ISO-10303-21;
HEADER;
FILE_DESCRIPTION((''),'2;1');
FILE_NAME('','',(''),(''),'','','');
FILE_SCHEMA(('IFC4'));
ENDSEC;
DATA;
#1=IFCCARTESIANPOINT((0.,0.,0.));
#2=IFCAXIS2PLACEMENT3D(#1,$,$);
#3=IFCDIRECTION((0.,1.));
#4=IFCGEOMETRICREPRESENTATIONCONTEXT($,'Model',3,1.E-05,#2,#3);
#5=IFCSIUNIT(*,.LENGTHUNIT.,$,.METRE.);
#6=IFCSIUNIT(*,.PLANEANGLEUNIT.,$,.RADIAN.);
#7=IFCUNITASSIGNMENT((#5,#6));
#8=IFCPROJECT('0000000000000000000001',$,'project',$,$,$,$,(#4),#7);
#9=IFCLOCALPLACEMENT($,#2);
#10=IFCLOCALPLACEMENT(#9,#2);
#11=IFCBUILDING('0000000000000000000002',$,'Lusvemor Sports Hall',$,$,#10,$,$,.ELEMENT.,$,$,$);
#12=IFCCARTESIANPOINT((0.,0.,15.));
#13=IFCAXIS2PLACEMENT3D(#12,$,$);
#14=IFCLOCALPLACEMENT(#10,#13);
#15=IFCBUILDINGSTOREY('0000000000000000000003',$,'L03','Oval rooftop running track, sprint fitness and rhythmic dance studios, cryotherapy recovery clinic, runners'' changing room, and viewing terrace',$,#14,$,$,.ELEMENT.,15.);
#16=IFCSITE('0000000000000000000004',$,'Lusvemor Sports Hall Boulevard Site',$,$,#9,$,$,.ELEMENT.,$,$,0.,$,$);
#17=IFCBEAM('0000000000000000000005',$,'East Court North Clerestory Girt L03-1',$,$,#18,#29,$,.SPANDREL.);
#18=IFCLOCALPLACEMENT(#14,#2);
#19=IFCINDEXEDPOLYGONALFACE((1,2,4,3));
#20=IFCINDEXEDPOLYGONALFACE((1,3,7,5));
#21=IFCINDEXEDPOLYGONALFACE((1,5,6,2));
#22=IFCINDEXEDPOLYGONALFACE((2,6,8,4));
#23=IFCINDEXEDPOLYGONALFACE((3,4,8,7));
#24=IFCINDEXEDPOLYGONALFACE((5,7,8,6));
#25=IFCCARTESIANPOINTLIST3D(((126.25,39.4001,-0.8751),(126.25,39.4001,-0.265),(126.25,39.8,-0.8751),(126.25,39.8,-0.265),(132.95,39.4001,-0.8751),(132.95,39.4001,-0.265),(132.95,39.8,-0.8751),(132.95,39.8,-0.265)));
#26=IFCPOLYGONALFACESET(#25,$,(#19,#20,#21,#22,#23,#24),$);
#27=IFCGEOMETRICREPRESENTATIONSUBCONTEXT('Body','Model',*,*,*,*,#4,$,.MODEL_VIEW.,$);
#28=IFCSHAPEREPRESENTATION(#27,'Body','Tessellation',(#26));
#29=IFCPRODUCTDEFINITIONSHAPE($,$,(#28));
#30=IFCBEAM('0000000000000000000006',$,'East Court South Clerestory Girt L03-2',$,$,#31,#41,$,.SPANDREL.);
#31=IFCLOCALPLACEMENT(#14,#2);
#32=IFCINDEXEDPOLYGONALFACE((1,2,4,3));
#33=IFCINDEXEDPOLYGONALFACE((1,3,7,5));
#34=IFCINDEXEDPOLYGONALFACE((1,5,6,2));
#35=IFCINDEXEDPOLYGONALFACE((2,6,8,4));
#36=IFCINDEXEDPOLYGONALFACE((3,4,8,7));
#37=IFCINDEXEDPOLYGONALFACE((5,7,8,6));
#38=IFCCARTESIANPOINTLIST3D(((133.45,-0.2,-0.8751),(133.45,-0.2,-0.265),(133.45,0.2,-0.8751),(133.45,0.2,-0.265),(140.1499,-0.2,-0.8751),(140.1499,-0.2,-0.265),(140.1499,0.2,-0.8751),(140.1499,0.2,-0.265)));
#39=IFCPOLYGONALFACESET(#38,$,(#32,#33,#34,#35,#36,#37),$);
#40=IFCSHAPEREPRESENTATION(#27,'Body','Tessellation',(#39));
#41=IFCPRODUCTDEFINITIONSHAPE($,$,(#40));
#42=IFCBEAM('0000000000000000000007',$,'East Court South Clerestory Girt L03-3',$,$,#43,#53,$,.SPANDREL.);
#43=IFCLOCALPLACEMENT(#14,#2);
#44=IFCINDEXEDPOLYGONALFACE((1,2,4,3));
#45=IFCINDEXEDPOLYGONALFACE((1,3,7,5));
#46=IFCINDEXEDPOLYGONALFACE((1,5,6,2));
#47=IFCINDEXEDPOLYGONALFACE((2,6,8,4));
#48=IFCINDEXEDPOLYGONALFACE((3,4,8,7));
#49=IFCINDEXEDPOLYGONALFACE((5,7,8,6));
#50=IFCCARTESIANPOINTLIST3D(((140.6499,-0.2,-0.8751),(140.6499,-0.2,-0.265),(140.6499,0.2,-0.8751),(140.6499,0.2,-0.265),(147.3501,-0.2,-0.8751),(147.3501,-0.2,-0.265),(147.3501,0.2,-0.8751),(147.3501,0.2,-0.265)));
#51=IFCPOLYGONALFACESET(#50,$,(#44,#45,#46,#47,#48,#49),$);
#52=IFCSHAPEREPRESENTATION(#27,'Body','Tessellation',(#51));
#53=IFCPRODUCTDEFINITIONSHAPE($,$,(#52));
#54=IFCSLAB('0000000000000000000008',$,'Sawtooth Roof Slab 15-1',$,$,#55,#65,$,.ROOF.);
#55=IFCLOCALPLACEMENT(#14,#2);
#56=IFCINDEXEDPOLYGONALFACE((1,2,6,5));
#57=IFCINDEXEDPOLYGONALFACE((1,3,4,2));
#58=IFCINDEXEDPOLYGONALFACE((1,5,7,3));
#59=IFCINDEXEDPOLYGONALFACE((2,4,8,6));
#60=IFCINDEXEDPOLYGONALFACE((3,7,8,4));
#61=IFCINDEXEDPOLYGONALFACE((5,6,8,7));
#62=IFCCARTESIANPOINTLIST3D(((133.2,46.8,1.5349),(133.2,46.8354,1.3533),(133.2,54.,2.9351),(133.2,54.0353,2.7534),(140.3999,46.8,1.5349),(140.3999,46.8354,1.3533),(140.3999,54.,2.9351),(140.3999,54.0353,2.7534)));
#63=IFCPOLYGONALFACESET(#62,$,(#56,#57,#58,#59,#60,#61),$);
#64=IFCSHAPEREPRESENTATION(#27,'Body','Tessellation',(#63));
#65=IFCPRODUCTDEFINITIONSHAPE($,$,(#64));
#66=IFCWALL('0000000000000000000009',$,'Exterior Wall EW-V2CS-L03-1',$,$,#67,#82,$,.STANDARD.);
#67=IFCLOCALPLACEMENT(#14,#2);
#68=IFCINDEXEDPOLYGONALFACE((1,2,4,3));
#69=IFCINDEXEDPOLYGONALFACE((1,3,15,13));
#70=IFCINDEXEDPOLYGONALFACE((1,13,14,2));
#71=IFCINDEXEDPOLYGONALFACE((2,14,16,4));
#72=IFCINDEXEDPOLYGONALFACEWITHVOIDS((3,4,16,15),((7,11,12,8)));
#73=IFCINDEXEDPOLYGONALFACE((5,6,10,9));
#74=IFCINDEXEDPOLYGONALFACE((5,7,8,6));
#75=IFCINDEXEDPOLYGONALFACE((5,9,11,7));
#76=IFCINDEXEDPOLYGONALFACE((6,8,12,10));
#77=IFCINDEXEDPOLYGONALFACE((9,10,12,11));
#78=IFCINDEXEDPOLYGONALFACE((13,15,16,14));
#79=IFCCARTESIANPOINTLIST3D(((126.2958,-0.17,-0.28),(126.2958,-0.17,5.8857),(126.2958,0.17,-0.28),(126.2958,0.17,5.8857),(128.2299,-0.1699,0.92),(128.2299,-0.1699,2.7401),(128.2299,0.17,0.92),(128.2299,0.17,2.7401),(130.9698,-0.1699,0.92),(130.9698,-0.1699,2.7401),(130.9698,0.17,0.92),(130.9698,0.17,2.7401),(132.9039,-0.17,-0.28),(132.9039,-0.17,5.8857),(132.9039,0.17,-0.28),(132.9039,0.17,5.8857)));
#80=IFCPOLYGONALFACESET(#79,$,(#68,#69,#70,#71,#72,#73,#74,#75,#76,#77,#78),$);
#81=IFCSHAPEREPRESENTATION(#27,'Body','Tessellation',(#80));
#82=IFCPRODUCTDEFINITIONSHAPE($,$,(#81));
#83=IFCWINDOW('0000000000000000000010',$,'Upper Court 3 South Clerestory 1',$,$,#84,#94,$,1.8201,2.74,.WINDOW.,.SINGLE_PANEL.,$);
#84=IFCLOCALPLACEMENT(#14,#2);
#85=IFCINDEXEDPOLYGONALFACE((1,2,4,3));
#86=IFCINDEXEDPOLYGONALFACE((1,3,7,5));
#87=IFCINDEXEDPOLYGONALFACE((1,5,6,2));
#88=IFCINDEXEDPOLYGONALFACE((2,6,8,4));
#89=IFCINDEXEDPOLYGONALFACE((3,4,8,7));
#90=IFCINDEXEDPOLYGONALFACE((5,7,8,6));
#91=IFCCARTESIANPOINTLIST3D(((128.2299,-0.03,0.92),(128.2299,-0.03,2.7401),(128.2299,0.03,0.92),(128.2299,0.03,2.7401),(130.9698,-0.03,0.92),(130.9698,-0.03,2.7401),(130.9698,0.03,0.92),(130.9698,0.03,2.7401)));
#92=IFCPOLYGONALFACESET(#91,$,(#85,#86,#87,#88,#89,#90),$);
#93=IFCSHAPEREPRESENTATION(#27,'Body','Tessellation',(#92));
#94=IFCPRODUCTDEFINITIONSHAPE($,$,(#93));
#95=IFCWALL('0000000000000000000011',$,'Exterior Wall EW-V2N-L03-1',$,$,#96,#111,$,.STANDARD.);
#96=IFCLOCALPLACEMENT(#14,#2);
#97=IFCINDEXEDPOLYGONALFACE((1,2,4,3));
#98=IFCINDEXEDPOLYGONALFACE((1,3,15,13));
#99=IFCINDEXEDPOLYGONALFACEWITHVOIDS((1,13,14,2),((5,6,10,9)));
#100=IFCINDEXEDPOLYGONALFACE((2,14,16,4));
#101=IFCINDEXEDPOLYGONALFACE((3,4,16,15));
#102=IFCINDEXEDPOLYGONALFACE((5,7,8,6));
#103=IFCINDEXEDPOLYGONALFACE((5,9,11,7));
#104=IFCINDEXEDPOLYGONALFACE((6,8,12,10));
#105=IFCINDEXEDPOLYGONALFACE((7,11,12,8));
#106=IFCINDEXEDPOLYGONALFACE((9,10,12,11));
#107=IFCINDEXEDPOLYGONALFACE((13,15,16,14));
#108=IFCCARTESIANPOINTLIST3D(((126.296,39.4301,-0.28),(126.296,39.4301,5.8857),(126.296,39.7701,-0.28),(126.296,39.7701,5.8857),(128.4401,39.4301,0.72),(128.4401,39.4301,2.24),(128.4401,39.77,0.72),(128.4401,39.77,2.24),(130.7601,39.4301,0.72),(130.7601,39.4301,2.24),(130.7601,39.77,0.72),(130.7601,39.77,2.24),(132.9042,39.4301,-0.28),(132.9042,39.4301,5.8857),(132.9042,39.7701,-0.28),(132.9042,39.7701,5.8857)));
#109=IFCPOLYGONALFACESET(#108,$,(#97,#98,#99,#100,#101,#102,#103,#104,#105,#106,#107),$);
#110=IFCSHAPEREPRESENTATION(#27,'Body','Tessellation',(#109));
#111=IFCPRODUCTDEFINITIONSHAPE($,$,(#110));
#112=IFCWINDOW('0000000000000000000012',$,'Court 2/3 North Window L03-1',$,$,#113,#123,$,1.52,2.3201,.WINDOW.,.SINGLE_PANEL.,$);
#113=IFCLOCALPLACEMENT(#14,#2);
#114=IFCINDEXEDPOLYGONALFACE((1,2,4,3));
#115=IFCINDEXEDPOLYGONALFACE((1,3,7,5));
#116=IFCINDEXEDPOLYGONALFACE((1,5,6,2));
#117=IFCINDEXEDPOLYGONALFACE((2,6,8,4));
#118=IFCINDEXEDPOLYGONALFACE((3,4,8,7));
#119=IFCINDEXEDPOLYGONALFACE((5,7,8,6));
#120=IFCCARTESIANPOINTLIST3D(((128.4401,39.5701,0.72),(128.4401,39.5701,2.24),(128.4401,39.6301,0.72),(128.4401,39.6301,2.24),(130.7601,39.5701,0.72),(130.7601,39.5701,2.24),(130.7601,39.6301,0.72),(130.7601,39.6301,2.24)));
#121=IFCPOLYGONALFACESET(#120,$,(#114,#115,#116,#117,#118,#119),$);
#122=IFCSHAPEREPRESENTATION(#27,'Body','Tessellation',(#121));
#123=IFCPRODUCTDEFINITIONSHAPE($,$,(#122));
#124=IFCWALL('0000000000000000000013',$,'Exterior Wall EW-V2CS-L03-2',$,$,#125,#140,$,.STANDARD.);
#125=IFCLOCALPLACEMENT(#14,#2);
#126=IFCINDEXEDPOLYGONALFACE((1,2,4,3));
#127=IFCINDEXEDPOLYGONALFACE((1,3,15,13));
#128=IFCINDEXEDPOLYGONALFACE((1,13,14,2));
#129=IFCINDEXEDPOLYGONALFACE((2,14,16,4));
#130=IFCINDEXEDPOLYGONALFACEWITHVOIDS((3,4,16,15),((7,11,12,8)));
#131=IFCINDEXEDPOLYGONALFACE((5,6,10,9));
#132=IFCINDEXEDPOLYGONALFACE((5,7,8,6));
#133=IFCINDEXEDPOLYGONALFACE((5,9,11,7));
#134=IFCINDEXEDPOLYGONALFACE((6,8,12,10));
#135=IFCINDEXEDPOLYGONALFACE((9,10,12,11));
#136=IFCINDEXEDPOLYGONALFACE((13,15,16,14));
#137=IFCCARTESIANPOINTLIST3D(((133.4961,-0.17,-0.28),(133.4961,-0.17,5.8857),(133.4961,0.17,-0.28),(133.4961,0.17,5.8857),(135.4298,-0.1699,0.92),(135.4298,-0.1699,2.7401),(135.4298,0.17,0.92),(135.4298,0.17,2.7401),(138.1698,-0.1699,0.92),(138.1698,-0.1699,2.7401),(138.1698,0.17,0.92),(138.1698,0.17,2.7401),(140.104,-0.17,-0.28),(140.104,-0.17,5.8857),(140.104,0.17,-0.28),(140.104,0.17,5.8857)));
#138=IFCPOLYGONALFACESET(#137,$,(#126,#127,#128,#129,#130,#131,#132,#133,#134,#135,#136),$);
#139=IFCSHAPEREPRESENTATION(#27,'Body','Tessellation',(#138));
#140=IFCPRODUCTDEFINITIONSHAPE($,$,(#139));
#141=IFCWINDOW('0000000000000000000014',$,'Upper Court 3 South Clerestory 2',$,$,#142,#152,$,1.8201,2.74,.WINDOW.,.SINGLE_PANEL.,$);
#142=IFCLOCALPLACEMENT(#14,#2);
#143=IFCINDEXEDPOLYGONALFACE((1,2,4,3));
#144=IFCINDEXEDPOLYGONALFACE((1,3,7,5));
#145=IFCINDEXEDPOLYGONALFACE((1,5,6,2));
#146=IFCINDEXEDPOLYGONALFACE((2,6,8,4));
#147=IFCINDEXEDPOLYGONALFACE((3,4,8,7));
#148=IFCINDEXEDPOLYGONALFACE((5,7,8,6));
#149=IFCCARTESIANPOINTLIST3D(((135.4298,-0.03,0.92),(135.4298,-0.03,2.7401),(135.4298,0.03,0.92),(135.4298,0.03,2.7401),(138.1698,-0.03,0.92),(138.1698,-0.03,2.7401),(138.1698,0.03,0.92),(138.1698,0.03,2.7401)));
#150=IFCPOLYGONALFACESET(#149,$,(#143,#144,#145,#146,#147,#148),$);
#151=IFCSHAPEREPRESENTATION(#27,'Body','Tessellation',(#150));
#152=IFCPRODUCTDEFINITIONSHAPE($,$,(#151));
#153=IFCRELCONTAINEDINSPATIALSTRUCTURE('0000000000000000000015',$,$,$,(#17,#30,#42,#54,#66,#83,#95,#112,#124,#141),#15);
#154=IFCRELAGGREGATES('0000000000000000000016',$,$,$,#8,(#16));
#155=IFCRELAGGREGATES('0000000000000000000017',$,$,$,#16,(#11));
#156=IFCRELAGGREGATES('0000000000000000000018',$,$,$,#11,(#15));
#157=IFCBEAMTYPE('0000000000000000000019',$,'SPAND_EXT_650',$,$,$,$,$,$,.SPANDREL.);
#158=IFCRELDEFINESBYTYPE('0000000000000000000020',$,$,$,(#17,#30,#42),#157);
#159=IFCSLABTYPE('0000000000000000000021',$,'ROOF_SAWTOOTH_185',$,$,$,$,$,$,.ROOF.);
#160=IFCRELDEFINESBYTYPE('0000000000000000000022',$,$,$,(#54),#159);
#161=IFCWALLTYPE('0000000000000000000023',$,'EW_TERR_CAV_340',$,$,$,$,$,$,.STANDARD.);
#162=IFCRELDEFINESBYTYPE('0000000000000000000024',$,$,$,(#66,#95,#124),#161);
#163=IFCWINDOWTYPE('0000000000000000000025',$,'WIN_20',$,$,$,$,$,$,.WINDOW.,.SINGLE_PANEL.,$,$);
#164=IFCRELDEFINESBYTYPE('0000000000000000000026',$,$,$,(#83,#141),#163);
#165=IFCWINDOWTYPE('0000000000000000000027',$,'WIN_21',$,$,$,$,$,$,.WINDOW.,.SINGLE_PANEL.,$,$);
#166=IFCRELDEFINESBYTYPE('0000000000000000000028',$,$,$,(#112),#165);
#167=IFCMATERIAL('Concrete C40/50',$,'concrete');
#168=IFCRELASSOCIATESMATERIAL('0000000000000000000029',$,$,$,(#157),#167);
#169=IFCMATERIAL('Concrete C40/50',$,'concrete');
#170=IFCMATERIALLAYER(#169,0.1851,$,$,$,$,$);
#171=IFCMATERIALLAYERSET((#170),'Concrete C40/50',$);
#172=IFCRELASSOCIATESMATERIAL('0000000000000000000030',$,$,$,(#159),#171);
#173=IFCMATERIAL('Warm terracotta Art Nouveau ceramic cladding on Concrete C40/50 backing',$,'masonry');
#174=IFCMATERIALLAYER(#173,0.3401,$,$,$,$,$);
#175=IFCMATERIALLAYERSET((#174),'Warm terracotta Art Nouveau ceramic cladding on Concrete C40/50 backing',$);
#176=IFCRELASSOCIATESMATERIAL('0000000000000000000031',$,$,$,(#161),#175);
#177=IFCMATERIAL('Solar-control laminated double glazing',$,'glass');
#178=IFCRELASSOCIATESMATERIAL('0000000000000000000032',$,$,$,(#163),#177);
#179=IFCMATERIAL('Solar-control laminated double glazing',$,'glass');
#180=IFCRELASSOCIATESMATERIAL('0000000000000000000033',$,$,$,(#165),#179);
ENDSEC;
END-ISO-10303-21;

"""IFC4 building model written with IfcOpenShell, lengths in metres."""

from ifc_helpers import new_model, si_unit, direction, frame, frame_2d, origin, origin_2d, place, context, subcontext, project, spatial, polyline, rectangle, outline, extrude, material, layer, layer_set, material_profile, profile_set, type_object, element, fill, save


model = new_model("IFC4")

# Units and contexts
model_context = context("Model", 3, precision=1e-05, world=origin(), true_north=direction((0.0, 1.0)))
body_context = subcontext(model_context, "Body", "Model", "MODEL_VIEW")
ifc_project = project(units=[si_unit("LENGTHUNIT", "METRE"), si_unit("PLANEANGLEUNIT", "RADIAN")], contexts=[model_context])

# Site, building, storey
site_placement = place(None, origin())
site = spatial("IfcSite", under=ifc_project, at=site_placement, Name="Lusvemor Sports Hall Boulevard Site", CompositionType="ELEMENT", RefElevation=0.0)
building_placement = place(site_placement, origin())
building = spatial("IfcBuilding", under=site, at=building_placement, Name="Lusvemor Sports Hall", CompositionType="ELEMENT")
storey_placement = place(building_placement, frame((0.0, 0.0, 15.0)))
storey = spatial("IfcBuildingStorey", under=building, at=storey_placement, Name="L03", Description="Oval rooftop running track, sprint fitness and rhythmic dance studios, cryotherapy recovery clinic, runners' changing room, and viewing terrace", CompositionType="ELEMENT", Elevation=15.0)

# Beams
ifc_material_1 = material(Name="Concrete C40/50", Category="concrete")
ifc_material_profile_1 = material_profile(ifc_material_1, rectangle(XDim=0.3999, YDim=0.6101, at=origin_2d()), Name="RC400x610")
ifc_profile_set_1 = profile_set([ifc_material_profile_1], Name="Concrete C40/50")
beam_type_1 = type_object("IfcBeamType", Name="SPAND_EXT_650", PredefinedType="SPANDREL", material=ifc_profile_set_1)
for number, where, z_axis, x_axis, name in (
    (1, (126.25, 39.6001, -0.5701), (1.0, 0.0, 0.0), (0.0, 1.0, 0.0), "East Court North Clerestory Girt L03-1"),
    (2, (133.45, 0.0, -0.5701), (1.0, 0.0, 0.0), (0.0, 1.0, 0.0), "East Court South Clerestory Girt L03-2"),
):
    element("IfcBeam", number, at=place(storey_placement, frame(where, z_axis=z_axis, x_axis=x_axis)), inside=storey, type_object=beam_type_1, Name=name, PredefinedType="SPANDREL", context=body_context, shape_type="SweptSolid", body=[
        extrude(rectangle(XDim=0.3999, YDim=0.6101, at=origin_2d()), origin(), (0.0, 0.0, 1.0), 6.7),
    ])
beam_1_placement = place(storey_placement, frame((140.6499, 0.0, -0.5701), z_axis=(1.0, 0.0, 0.0), x_axis=(0.0, 1.0, 0.0)))
element("IfcBeam", 3, at=beam_1_placement, inside=storey, type_object=beam_type_1, Name="East Court South Clerestory Girt L03-3", PredefinedType="SPANDREL", context=body_context, shape_type="SweptSolid", body=[
    extrude(rectangle(XDim=0.3999, YDim=0.6101, at=origin_2d()), origin(), (0.0, 0.0, 1.0), 6.7002),
])

# Slab
ifc_material_2 = material(Name="Concrete C40/50", Category="concrete")
ifc_layer_1 = layer(ifc_material_2, 0.1851)
ifc_layer_set_1 = layer_set([ifc_layer_1], Name="Concrete C40/50")
slab_type = type_object("IfcSlabType", Name="ROOF_SAWTOOTH_185", PredefinedType="ROOF", material=ifc_layer_set_1)
slab_placement = place(storey_placement, frame((133.2, 46.8, 1.5349), z_axis=(0.0, -0.19089, 0.981611), x_axis=(1.0, 0.0, 0.0)))
element("IfcSlab", 4, at=slab_placement, inside=storey, type_object=slab_type, Name="Sawtooth Roof Slab 15-1", PredefinedType="ROOF", context=body_context, shape_type="SweptSolid", body=[
    extrude(outline(polyline([(0.0, 0.0), (7.2, 0.0), (7.2, 7.3348), (0.0, 7.3348), (0.0, 0.0)])), origin(), (0.0, 0.0, -1.0), 0.1851),
])

# Walls, openings, windows
ifc_material_3 = material(Name="Warm terracotta Art Nouveau ceramic cladding on Concrete C40/50 backing", Category="masonry")
ifc_layer_2 = layer(ifc_material_3, 0.3401)
ifc_layer_set_2 = layer_set([ifc_layer_2], Name="Warm terracotta Art Nouveau ceramic cladding on Concrete C40/50 backing")
wall_type = type_object("IfcWallType", Name="EW_TERR_CAV_340", PredefinedType="STANDARD", material=ifc_layer_set_2)
wall_1_placement = place(storey_placement, frame((132.9041, 0.0, -0.28), z_axis=(0.0, 0.0, 1.0), x_axis=(-1.0, 0.0, 0.0)))
wall_1 = element("IfcWall", 5, at=wall_1_placement, inside=storey, type_object=wall_type, Name="Exterior Wall EW-V2CS-L03-1", PredefinedType="STANDARD", context=body_context, shape_type="SweptSolid", body=[
    extrude(rectangle(XDim=6.6082, YDim=0.3401, at=frame_2d((3.3042, 0.0))), origin(), (0.0, 0.0, 1.0), 6.1658),
])
opening_1_placement = place(wall_1_placement, frame((1.9341, 0.0, 1.2)))
opening_1 = element("IfcOpeningElement", 6, at=opening_1_placement, cuts=wall_1, PredefinedType="OPENING", context=body_context, shape_type="SweptSolid", body=[
    extrude(rectangle(XDim=2.74, YDim=1.8201, at=frame_2d((1.3701, 0.9102))), frame((0.0, 0.1699, 0.0), z_axis=(0.0, -1.0, 0.0), x_axis=(1.0, 0.0, 0.0)), (0.0, 0.0, 1.0), 0.3401),
])
ifc_material_4 = material(Name="Solar-control laminated double glazing", Category="glass")
window_type_1 = type_object("IfcWindowType", Name="WIN_20", PartitioningType="SINGLE_PANEL", PredefinedType="WINDOW", material=ifc_material_4)
window_1_placement = place(opening_1_placement, origin())
window_1 = element("IfcWindow", 7, at=window_1_placement, inside=storey, type_object=window_type_1, Name="Upper Court 3 South Clerestory 1", OverallHeight=1.8201, OverallWidth=2.74, PartitioningType="SINGLE_PANEL", PredefinedType="WINDOW", context=body_context, shape_type="SweptSolid", body=[
    extrude(rectangle(XDim=2.74, YDim=1.8201, at=frame_2d((1.3701, 0.9102))), frame((0.0, 0.03, 0.0), z_axis=(0.0, -1.0, 0.0), x_axis=(1.0, 0.0, 0.0)), (0.0, 0.0, 1.0), 0.0601),
])
fill(opening_1, window_1)
wall_2_placement = place(storey_placement, frame((126.2959, 39.6001, -0.28), z_axis=(0.0, 0.0, 1.0), x_axis=(1.0, 0.0, 0.0)))
wall_2 = element("IfcWall", 8, at=wall_2_placement, inside=storey, type_object=wall_type, Name="Exterior Wall EW-V2N-L03-1", PredefinedType="STANDARD", context=body_context, shape_type="SweptSolid", body=[
    extrude(rectangle(XDim=6.6082, YDim=0.3401, at=frame_2d((3.3042, 0.0))), origin(), (0.0, 0.0, 1.0), 6.1658),
])
opening_2_placement = place(wall_2_placement, frame((2.144, 0.0, 1.0)))
opening_2 = element("IfcOpeningElement", 9, at=opening_2_placement, cuts=wall_2, PredefinedType="OPENING", context=body_context, shape_type="SweptSolid", body=[
    extrude(rectangle(XDim=2.3201, YDim=1.52, at=frame_2d((1.1602, 0.76))), frame((0.0, 0.1699, 0.0), z_axis=(0.0, -1.0, 0.0), x_axis=(1.0, 0.0, 0.0)), (0.0, 0.0, 1.0), 0.3401),
])
ifc_material_5 = material(Name="Solar-control laminated double glazing", Category="glass")
window_type_2 = type_object("IfcWindowType", Name="WIN_21", PartitioningType="SINGLE_PANEL", PredefinedType="WINDOW", material=ifc_material_5)
window_2_placement = place(opening_2_placement, origin())
window_2 = element("IfcWindow", 10, at=window_2_placement, inside=storey, type_object=window_type_2, Name="Court 2/3 North Window L03-1", OverallHeight=1.52, OverallWidth=2.3201, PartitioningType="SINGLE_PANEL", PredefinedType="WINDOW", context=body_context, shape_type="SweptSolid", body=[
    extrude(rectangle(XDim=2.3201, YDim=1.52, at=frame_2d((1.1602, 0.76))), frame((0.0, 0.03, 0.0), z_axis=(0.0, -1.0, 0.0), x_axis=(1.0, 0.0, 0.0)), (0.0, 0.0, 1.0), 0.0601),
])
fill(opening_2, window_2)
wall_3_placement = place(storey_placement, frame((140.104, 0.0, -0.28), z_axis=(0.0, 0.0, 1.0), x_axis=(-1.0, 0.0, 0.0)))
wall_3 = element("IfcWall", 11, at=wall_3_placement, inside=storey, type_object=wall_type, Name="Exterior Wall EW-V2CS-L03-2", PredefinedType="STANDARD", context=body_context, shape_type="SweptSolid", body=[
    extrude(rectangle(XDim=6.6079, YDim=0.3401, at=frame_2d((3.304, 0.0))), origin(), (0.0, 0.0, 1.0), 6.1658),
])
opening_3_placement = place(wall_3_placement, frame((1.9341, 0.0, 1.2)))
opening_3 = element("IfcOpeningElement", 12, at=opening_3_placement, cuts=wall_3, PredefinedType="OPENING", context=body_context, shape_type="SweptSolid", body=[
    extrude(rectangle(XDim=2.74, YDim=1.8201, at=frame_2d((1.3701, 0.9102))), frame((0.0, 0.1699, 0.0), z_axis=(0.0, -1.0, 0.0), x_axis=(1.0, 0.0, 0.0)), (0.0, 0.0, 1.0), 0.3401),
])
window_3_placement = place(opening_3_placement, origin())
window_3 = element("IfcWindow", 13, at=window_3_placement, inside=storey, type_object=window_type_1, Name="Upper Court 3 South Clerestory 2", OverallHeight=1.8201, OverallWidth=2.74, PartitioningType="SINGLE_PANEL", PredefinedType="WINDOW", context=body_context, shape_type="SweptSolid", body=[
    extrude(rectangle(XDim=2.74, YDim=1.8201, at=frame_2d((1.3701, 0.9102))), frame((0.0, 0.03, 0.0), z_axis=(0.0, -1.0, 0.0), x_axis=(1.0, 0.0, 0.0)), (0.0, 0.0, 1.0), 0.0601),
])
fill(opening_3, window_3)

save(model, "model.ifc")
